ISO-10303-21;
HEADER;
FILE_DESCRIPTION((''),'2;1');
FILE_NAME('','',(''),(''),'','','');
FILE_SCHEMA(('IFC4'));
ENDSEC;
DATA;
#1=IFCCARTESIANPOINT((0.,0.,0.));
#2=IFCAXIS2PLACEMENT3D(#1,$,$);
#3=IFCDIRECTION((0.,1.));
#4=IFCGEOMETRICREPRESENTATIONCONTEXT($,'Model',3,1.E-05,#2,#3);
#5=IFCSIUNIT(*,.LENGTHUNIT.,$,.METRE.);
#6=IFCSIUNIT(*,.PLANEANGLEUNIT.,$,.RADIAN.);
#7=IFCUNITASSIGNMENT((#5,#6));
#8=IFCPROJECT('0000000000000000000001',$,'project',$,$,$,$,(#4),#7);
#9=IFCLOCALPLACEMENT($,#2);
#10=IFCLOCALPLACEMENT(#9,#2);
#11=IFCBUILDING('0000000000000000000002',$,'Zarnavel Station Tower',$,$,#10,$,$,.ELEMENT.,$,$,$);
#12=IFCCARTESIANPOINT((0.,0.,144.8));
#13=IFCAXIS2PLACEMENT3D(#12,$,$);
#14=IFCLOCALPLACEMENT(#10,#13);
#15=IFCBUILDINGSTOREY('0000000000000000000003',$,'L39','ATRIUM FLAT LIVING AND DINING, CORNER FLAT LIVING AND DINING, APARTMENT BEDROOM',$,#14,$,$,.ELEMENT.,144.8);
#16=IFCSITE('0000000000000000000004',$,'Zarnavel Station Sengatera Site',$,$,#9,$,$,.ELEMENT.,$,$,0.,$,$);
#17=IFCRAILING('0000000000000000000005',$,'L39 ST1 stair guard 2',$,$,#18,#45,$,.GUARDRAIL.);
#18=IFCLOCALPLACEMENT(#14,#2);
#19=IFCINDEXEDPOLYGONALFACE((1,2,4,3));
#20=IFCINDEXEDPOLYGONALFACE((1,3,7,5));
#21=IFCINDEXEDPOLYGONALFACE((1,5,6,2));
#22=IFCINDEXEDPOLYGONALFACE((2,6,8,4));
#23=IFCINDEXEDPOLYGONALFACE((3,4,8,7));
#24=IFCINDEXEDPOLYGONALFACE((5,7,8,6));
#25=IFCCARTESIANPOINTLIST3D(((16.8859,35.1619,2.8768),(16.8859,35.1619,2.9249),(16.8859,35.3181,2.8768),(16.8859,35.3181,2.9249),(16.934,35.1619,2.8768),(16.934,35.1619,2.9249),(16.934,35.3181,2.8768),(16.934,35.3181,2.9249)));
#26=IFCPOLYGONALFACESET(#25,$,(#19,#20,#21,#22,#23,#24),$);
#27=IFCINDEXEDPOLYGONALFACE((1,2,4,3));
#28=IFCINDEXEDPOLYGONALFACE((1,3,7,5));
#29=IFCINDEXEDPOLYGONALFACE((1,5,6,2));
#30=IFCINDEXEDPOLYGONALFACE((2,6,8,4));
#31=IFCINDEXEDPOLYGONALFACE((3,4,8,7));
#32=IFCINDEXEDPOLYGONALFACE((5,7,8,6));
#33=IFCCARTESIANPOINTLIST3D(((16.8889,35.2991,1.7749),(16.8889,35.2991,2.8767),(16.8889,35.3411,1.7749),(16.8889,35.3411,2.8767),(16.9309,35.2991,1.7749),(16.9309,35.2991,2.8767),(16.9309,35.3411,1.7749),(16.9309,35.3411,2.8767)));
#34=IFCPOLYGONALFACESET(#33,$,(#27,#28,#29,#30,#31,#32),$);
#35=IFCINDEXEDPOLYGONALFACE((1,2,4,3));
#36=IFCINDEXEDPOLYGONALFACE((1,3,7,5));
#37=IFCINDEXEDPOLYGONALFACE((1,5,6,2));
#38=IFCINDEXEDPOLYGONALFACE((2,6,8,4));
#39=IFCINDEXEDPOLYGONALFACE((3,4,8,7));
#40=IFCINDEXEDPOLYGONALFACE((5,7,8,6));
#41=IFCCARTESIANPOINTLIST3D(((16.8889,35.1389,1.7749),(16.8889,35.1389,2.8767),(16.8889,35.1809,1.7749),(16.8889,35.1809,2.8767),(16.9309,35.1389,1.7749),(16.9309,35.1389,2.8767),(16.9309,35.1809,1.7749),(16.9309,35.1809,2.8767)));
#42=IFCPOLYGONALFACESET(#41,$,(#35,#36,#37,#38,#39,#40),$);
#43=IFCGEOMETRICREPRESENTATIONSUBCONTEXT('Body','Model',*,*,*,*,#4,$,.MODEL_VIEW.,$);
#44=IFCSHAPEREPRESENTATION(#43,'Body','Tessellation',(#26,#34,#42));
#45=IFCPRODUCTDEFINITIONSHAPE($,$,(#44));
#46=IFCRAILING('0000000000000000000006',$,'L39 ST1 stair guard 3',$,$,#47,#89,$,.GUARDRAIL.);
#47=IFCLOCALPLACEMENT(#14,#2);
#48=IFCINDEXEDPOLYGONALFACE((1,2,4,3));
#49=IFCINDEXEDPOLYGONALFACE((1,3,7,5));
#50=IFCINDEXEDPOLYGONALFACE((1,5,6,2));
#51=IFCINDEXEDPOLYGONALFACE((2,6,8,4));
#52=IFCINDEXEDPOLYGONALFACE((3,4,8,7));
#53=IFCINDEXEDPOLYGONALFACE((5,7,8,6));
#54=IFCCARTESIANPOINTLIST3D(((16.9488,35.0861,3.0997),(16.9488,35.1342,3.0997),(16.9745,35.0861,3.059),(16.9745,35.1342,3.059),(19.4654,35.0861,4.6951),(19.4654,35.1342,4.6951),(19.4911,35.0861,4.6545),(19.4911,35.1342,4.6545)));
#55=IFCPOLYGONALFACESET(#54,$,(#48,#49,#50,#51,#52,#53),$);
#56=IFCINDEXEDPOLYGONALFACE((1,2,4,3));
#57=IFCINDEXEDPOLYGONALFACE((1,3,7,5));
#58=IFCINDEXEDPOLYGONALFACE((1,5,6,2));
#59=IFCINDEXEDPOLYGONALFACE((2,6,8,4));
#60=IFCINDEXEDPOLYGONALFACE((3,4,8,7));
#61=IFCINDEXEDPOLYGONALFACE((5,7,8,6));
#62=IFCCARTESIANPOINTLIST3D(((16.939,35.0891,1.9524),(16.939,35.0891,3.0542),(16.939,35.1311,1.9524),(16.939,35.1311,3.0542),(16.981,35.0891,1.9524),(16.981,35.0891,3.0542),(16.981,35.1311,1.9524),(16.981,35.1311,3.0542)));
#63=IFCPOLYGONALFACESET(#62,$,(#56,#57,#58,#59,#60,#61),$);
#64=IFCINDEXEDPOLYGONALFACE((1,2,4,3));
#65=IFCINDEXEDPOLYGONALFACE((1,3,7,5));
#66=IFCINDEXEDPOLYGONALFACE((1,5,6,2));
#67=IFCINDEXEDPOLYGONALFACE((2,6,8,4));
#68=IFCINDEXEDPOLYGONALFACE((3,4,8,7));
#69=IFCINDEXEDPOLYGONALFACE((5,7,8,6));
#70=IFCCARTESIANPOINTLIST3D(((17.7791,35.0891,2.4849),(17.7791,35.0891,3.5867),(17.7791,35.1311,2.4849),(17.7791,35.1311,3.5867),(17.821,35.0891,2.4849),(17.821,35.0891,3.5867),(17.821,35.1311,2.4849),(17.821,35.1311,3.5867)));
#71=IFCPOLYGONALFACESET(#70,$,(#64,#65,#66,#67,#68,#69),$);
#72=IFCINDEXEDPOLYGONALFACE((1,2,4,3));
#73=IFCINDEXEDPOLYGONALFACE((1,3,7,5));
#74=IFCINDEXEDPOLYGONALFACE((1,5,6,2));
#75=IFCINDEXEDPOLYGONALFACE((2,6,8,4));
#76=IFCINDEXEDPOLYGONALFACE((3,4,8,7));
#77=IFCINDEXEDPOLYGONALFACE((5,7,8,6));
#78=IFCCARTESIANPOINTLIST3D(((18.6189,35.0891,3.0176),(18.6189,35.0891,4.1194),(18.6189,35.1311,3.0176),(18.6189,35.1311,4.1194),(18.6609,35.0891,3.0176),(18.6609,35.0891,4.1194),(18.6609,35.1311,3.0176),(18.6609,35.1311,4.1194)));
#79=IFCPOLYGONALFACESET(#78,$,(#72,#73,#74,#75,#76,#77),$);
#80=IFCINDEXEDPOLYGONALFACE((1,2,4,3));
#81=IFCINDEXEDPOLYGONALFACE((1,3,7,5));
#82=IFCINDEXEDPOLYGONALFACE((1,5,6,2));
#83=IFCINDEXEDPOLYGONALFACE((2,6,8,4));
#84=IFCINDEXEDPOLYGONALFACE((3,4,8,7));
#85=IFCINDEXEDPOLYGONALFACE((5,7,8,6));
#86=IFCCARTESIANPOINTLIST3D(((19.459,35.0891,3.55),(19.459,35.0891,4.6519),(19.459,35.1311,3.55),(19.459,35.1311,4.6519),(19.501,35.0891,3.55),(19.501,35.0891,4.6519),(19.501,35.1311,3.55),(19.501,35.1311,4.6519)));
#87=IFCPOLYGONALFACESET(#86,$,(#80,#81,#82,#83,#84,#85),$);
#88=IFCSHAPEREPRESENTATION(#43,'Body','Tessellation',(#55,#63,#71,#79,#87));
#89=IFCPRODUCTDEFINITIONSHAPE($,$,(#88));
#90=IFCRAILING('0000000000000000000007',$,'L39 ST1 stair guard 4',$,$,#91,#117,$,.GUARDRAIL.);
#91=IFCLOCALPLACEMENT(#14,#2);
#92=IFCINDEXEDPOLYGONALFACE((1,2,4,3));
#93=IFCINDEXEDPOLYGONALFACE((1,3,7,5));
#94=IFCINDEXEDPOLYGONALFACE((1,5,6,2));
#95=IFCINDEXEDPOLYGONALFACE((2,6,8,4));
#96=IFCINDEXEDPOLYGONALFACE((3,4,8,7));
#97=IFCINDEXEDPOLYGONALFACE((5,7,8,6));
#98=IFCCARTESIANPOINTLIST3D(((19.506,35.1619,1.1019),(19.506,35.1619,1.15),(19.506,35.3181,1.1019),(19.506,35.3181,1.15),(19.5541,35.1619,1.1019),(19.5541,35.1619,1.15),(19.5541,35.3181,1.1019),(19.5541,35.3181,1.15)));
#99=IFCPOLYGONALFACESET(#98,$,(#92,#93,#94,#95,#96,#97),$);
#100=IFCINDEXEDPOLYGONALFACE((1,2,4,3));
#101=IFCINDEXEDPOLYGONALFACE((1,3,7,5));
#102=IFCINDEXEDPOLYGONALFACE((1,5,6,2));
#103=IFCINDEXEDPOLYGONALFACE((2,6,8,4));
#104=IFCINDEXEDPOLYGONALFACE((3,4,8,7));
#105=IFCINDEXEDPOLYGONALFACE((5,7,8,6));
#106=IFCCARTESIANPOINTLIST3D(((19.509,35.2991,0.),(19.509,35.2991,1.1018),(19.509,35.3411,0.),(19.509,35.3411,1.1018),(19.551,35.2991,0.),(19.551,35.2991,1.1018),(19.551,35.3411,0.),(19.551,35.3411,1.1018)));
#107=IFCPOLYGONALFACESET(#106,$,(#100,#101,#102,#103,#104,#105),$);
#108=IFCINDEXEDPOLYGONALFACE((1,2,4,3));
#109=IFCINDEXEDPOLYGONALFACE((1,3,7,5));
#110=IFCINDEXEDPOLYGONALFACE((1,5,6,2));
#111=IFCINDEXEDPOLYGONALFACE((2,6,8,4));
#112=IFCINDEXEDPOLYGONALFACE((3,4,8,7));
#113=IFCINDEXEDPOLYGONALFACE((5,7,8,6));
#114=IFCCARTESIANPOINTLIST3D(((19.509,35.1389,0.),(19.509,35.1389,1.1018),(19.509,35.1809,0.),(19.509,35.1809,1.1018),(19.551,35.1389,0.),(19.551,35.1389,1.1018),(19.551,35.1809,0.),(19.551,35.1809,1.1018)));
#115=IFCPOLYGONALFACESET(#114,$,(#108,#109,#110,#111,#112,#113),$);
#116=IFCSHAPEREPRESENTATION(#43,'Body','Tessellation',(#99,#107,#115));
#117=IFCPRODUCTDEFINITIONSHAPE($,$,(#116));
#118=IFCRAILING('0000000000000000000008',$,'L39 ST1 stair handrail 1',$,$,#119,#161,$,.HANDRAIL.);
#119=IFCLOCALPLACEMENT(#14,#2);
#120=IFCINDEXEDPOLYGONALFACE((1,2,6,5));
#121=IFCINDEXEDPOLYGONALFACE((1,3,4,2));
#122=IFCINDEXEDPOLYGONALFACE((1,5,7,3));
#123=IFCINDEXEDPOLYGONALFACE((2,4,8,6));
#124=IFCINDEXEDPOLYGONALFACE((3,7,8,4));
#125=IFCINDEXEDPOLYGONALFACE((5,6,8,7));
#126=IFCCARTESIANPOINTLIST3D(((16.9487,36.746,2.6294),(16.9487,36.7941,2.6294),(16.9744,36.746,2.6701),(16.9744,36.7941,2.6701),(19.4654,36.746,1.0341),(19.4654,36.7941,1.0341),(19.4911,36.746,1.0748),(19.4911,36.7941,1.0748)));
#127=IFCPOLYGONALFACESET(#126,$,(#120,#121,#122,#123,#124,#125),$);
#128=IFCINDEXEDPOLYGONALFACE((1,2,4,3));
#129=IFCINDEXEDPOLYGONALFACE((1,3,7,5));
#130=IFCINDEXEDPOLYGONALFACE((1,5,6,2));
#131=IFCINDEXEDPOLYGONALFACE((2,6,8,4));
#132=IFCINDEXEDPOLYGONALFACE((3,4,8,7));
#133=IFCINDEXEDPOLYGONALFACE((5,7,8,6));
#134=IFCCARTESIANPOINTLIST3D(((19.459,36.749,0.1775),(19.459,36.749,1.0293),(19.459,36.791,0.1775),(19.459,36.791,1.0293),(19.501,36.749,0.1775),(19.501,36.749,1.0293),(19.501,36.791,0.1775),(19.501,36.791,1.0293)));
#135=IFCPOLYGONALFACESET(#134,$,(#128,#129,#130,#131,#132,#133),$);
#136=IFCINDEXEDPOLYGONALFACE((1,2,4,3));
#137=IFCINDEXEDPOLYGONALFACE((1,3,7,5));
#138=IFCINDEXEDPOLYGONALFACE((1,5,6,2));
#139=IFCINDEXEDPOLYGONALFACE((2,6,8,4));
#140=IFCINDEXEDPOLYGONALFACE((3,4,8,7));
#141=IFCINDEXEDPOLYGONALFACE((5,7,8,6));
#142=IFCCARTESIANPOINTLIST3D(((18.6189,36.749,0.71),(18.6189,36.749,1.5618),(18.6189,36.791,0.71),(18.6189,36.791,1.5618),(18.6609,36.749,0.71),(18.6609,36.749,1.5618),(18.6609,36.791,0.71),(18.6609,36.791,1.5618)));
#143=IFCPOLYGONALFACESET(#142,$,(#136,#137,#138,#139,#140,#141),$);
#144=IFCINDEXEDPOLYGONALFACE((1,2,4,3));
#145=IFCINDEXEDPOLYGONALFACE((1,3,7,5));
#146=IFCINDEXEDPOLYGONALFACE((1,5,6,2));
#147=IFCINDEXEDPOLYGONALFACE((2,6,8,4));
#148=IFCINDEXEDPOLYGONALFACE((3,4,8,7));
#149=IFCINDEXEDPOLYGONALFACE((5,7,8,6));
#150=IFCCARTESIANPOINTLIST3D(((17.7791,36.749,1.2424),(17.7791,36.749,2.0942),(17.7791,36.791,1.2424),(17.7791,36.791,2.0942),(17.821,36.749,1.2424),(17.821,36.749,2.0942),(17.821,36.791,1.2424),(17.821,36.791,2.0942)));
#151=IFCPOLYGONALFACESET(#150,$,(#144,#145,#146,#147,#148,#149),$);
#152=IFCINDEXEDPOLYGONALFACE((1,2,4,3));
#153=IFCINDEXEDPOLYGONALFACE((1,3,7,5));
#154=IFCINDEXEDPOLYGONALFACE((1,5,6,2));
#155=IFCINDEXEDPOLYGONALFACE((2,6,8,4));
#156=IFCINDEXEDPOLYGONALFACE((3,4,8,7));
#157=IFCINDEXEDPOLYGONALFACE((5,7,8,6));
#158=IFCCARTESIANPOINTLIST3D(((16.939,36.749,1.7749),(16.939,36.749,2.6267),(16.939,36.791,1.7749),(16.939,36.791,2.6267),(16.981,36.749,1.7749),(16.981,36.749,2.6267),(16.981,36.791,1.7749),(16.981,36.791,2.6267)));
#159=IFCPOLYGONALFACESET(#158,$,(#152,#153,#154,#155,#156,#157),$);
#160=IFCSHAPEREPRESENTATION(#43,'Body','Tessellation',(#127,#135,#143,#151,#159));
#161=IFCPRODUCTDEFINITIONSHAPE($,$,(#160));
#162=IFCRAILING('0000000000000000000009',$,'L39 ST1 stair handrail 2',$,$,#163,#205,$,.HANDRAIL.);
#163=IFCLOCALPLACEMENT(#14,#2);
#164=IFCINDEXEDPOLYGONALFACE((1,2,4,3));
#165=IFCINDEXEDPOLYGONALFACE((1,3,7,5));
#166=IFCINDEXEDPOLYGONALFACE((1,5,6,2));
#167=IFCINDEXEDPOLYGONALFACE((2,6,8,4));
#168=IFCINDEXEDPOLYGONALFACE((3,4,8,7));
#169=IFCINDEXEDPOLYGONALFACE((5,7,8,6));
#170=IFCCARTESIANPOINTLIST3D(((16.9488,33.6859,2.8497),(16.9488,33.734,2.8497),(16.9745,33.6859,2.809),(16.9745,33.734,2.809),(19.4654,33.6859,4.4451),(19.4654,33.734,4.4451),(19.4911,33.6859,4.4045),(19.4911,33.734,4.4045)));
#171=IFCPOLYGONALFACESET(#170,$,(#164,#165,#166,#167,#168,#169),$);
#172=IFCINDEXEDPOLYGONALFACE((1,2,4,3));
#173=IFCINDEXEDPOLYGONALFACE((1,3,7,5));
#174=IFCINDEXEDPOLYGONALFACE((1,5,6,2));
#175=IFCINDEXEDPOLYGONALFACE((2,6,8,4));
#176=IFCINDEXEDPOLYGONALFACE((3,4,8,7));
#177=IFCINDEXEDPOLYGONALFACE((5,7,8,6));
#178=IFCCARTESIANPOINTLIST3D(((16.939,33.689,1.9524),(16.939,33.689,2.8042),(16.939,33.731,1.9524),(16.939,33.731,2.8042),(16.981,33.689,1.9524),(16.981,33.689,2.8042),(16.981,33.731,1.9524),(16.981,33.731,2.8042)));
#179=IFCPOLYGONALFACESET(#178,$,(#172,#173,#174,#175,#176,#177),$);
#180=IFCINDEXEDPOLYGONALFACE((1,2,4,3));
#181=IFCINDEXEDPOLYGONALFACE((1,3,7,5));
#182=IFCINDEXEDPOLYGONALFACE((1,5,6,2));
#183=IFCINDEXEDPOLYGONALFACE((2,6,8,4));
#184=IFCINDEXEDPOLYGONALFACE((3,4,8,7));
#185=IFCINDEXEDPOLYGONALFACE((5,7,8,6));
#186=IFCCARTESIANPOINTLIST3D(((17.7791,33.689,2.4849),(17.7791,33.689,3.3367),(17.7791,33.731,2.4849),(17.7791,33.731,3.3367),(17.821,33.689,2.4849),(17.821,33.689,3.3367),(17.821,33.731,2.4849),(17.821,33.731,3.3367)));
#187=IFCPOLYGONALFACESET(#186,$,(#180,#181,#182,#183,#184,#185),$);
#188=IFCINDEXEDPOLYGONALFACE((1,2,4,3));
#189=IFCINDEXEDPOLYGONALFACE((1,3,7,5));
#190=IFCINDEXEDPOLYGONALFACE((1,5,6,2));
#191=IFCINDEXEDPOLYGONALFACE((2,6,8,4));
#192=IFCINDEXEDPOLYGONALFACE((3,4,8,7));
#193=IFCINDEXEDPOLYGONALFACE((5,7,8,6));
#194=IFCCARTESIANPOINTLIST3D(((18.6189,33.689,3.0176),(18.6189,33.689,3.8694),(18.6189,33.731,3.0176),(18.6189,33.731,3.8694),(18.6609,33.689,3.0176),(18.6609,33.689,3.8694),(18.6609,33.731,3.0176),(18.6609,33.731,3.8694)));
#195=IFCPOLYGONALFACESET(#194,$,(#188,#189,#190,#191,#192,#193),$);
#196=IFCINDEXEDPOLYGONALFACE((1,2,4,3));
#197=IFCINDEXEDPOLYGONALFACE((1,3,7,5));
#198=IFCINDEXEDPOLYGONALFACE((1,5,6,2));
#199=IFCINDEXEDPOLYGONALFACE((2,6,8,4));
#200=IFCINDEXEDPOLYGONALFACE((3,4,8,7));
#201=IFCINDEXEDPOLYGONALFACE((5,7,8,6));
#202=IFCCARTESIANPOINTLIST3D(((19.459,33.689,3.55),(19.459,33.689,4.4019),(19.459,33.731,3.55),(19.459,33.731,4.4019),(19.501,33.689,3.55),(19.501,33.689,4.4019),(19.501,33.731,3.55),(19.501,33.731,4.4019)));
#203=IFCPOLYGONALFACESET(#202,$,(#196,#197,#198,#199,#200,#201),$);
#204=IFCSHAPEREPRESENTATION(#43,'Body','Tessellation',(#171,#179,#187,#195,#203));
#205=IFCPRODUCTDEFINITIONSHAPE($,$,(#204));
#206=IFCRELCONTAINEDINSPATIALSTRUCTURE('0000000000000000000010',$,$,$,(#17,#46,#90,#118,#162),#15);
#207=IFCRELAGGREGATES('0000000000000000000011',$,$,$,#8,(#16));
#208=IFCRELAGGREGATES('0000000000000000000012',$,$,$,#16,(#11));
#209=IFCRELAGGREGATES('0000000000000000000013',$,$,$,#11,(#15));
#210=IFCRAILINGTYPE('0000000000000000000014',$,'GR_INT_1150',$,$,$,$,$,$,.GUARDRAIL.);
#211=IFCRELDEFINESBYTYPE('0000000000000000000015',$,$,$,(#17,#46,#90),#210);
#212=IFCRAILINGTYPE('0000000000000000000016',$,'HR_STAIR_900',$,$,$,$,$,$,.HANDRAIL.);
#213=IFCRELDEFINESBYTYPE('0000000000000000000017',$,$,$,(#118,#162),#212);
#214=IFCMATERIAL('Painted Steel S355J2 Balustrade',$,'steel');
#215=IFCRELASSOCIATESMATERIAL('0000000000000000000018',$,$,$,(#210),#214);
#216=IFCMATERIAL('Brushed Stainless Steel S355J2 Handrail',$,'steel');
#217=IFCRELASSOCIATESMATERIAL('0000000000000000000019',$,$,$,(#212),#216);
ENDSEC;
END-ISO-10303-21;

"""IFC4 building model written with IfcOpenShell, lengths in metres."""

from ifc_helpers import new_model, si_unit, direction, frame, origin, origin_2d, place, context, subcontext, project, spatial, rectangle, extrude, material, type_object, element, save


model = new_model("IFC4")

# Units and contexts
model_context = context("Model", 3, precision=1e-05, world=origin(), true_north=direction((0.0, 1.0)))
body_context = subcontext(model_context, "Body", "Model", "MODEL_VIEW")
ifc_project = project(units=[si_unit("LENGTHUNIT", "METRE"), si_unit("PLANEANGLEUNIT", "RADIAN")], contexts=[model_context])

# Site, building, storey
site_placement = place(None, origin())
site = spatial("IfcSite", under=ifc_project, at=site_placement, Name="Zarnavel Station Sengatera Site", CompositionType="ELEMENT", RefElevation=0.0)
building_placement = place(site_placement, origin())
building = spatial("IfcBuilding", under=site, at=building_placement, Name="Zarnavel Station Tower", CompositionType="ELEMENT")
storey_placement = place(building_placement, frame((0.0, 0.0, 144.8)))
storey = spatial("IfcBuildingStorey", under=building, at=storey_placement, Name="L39", Description="ATRIUM FLAT LIVING AND DINING, CORNER FLAT LIVING AND DINING, APARTMENT BEDROOM", CompositionType="ELEMENT", Elevation=144.8)

# Railings
ifc_material_1 = material(Name="Painted Steel S355J2 Balustrade", Category="steel")
railing_type_1 = type_object("IfcRailingType", Name="GR_INT_1150", PredefinedType="GUARDRAIL", material=ifc_material_1)
railing_1_placement = place(storey_placement, frame((16.9099, 35.3201, 1.7749)))
element("IfcRailing", 1, at=railing_1_placement, inside=storey, type_object=railing_type_1, Name="L39 ST1 stair guard 2", PredefinedType="GUARDRAIL", context=body_context, shape_type="SweptSolid", body=[
    extrude(rectangle(XDim=0.0481, YDim=0.0481, at=origin_2d()), frame((0.0, -0.002, 1.126), z_axis=(0.0, -1.0, 0.0), x_axis=(1.0, 0.0, 0.0)), (0.0, 0.0, 1.0), 0.1562),
    extrude(rectangle(XDim=0.042, YDim=0.042, at=origin_2d()), origin(), (0.0, 0.0, 1.0), 1.1018),
    extrude(rectangle(XDim=0.042, YDim=0.042, at=origin_2d()), frame((0.0, -0.1602, 0.0)), (0.0, 0.0, 1.0), 1.1018),
])
railing_2_placement = place(storey_placement, frame((16.96, 35.1101, 1.9524)))
element("IfcRailing", 2, at=railing_2_placement, inside=storey, type_object=railing_type_1, Name="L39 ST1 stair guard 3", PredefinedType="GUARDRAIL", context=body_context, shape_type="SweptSolid", body=[
    extrude(rectangle(XDim=0.0481, YDim=0.0481, at=origin_2d()), frame((0.0017, 0.0, 1.127), z_axis=(0.84457, 0.0, 0.535445), x_axis=(0.0, 1.0, 0.0)), (0.0, 0.0, 1.0), 2.9797),
    extrude(rectangle(XDim=0.042, YDim=0.042, at=origin_2d()), origin(), (0.0, 0.0, 1.0), 1.1018),
    extrude(rectangle(XDim=0.042, YDim=0.042, at=origin_2d()), frame((0.8401, 0.0, 0.5325)), (0.0, 0.0, 1.0), 1.1018),
    extrude(rectangle(XDim=0.042, YDim=0.042, at=origin_2d()), frame((1.6799, 0.0, 1.0652)), (0.0, 0.0, 1.0), 1.1018),
    extrude(rectangle(XDim=0.042, YDim=0.042, at=origin_2d()), frame((2.52, 0.0, 1.5977)), (0.0, 0.0, 1.0), 1.1018),
])
railing_3_placement = place(storey_placement, frame((19.53, 35.3201, 0.0)))
element("IfcRailing", 3, at=railing_3_placement, inside=storey, type_object=railing_type_1, Name="L39 ST1 stair guard 4", PredefinedType="GUARDRAIL", context=body_context, shape_type="SweptSolid", body=[
    extrude(rectangle(XDim=0.0481, YDim=0.0481, at=origin_2d()), frame((0.0, -0.002, 1.126), z_axis=(0.0, -1.0, 0.0), x_axis=(1.0, 0.0, 0.0)), (0.0, 0.0, 1.0), 0.1562),
    extrude(rectangle(XDim=0.042, YDim=0.042, at=origin_2d()), origin(), (0.0, 0.0, 1.0), 1.1018),
    extrude(rectangle(XDim=0.042, YDim=0.042, at=origin_2d()), frame((0.0, -0.1602, 0.0)), (0.0, 0.0, 1.0), 1.1018),
])
ifc_material_2 = material(Name="Brushed Stainless Steel S355J2 Handrail", Category="steel")
railing_type_2 = type_object("IfcRailingType", Name="HR_STAIR_900", PredefinedType="HANDRAIL", material=ifc_material_2)
railing_4_placement = place(storey_placement, frame((19.48, 36.77, 0.1775)))
element("IfcRailing", 4, at=railing_4_placement, inside=storey, type_object=railing_type_2, Name="L39 ST1 stair handrail 1", PredefinedType="HANDRAIL", context=body_context, shape_type="SweptSolid", body=[
    extrude(rectangle(XDim=0.0481, YDim=0.0481, at=origin_2d()), frame((-0.0017, 0.0, 0.877), z_axis=(-0.844607, 0.0, 0.535387), x_axis=(0.0, -1.0, 0.0)), (0.0, 0.0, 1.0), 2.9797),
    extrude(rectangle(XDim=0.042, YDim=0.042, at=origin_2d()), origin(), (0.0, 0.0, 1.0), 0.8518),
    extrude(rectangle(XDim=0.042, YDim=0.042, at=origin_2d()), frame((-0.8401, 0.0, 0.5325)), (0.0, 0.0, 1.0), 0.8518),
    extrude(rectangle(XDim=0.042, YDim=0.042, at=origin_2d()), frame((-1.6799, 0.0, 1.0649)), (0.0, 0.0, 1.0), 0.8518),
    extrude(rectangle(XDim=0.042, YDim=0.042, at=origin_2d()), frame((-2.52, 0.0, 1.5974)), (0.0, 0.0, 1.0), 0.8518),
])
railing_5_placement = place(storey_placement, frame((16.96, 33.71, 1.9524)))
element("IfcRailing", 5, at=railing_5_placement, inside=storey, type_object=railing_type_2, Name="L39 ST1 stair handrail 2", PredefinedType="HANDRAIL", context=body_context, shape_type="SweptSolid", body=[
    extrude(rectangle(XDim=0.0481, YDim=0.0481, at=origin_2d()), frame((0.0017, 0.0, 0.877), z_axis=(0.84457, 0.0, 0.535445), x_axis=(0.0, 1.0, 0.0)), (0.0, 0.0, 1.0), 2.9797),
    extrude(rectangle(XDim=0.042, YDim=0.042, at=origin_2d()), origin(), (0.0, 0.0, 1.0), 0.8518),
    extrude(rectangle(XDim=0.042, YDim=0.042, at=origin_2d()), frame((0.8401, 0.0, 0.5325)), (0.0, 0.0, 1.0), 0.8518),
    extrude(rectangle(XDim=0.042, YDim=0.042, at=origin_2d()), frame((1.6799, 0.0, 1.0652)), (0.0, 0.0, 1.0), 0.8518),
    extrude(rectangle(XDim=0.042, YDim=0.042, at=origin_2d()), frame((2.52, 0.0, 1.5977)), (0.0, 0.0, 1.0), 0.8518),
])

save(model, "model.ifc")
